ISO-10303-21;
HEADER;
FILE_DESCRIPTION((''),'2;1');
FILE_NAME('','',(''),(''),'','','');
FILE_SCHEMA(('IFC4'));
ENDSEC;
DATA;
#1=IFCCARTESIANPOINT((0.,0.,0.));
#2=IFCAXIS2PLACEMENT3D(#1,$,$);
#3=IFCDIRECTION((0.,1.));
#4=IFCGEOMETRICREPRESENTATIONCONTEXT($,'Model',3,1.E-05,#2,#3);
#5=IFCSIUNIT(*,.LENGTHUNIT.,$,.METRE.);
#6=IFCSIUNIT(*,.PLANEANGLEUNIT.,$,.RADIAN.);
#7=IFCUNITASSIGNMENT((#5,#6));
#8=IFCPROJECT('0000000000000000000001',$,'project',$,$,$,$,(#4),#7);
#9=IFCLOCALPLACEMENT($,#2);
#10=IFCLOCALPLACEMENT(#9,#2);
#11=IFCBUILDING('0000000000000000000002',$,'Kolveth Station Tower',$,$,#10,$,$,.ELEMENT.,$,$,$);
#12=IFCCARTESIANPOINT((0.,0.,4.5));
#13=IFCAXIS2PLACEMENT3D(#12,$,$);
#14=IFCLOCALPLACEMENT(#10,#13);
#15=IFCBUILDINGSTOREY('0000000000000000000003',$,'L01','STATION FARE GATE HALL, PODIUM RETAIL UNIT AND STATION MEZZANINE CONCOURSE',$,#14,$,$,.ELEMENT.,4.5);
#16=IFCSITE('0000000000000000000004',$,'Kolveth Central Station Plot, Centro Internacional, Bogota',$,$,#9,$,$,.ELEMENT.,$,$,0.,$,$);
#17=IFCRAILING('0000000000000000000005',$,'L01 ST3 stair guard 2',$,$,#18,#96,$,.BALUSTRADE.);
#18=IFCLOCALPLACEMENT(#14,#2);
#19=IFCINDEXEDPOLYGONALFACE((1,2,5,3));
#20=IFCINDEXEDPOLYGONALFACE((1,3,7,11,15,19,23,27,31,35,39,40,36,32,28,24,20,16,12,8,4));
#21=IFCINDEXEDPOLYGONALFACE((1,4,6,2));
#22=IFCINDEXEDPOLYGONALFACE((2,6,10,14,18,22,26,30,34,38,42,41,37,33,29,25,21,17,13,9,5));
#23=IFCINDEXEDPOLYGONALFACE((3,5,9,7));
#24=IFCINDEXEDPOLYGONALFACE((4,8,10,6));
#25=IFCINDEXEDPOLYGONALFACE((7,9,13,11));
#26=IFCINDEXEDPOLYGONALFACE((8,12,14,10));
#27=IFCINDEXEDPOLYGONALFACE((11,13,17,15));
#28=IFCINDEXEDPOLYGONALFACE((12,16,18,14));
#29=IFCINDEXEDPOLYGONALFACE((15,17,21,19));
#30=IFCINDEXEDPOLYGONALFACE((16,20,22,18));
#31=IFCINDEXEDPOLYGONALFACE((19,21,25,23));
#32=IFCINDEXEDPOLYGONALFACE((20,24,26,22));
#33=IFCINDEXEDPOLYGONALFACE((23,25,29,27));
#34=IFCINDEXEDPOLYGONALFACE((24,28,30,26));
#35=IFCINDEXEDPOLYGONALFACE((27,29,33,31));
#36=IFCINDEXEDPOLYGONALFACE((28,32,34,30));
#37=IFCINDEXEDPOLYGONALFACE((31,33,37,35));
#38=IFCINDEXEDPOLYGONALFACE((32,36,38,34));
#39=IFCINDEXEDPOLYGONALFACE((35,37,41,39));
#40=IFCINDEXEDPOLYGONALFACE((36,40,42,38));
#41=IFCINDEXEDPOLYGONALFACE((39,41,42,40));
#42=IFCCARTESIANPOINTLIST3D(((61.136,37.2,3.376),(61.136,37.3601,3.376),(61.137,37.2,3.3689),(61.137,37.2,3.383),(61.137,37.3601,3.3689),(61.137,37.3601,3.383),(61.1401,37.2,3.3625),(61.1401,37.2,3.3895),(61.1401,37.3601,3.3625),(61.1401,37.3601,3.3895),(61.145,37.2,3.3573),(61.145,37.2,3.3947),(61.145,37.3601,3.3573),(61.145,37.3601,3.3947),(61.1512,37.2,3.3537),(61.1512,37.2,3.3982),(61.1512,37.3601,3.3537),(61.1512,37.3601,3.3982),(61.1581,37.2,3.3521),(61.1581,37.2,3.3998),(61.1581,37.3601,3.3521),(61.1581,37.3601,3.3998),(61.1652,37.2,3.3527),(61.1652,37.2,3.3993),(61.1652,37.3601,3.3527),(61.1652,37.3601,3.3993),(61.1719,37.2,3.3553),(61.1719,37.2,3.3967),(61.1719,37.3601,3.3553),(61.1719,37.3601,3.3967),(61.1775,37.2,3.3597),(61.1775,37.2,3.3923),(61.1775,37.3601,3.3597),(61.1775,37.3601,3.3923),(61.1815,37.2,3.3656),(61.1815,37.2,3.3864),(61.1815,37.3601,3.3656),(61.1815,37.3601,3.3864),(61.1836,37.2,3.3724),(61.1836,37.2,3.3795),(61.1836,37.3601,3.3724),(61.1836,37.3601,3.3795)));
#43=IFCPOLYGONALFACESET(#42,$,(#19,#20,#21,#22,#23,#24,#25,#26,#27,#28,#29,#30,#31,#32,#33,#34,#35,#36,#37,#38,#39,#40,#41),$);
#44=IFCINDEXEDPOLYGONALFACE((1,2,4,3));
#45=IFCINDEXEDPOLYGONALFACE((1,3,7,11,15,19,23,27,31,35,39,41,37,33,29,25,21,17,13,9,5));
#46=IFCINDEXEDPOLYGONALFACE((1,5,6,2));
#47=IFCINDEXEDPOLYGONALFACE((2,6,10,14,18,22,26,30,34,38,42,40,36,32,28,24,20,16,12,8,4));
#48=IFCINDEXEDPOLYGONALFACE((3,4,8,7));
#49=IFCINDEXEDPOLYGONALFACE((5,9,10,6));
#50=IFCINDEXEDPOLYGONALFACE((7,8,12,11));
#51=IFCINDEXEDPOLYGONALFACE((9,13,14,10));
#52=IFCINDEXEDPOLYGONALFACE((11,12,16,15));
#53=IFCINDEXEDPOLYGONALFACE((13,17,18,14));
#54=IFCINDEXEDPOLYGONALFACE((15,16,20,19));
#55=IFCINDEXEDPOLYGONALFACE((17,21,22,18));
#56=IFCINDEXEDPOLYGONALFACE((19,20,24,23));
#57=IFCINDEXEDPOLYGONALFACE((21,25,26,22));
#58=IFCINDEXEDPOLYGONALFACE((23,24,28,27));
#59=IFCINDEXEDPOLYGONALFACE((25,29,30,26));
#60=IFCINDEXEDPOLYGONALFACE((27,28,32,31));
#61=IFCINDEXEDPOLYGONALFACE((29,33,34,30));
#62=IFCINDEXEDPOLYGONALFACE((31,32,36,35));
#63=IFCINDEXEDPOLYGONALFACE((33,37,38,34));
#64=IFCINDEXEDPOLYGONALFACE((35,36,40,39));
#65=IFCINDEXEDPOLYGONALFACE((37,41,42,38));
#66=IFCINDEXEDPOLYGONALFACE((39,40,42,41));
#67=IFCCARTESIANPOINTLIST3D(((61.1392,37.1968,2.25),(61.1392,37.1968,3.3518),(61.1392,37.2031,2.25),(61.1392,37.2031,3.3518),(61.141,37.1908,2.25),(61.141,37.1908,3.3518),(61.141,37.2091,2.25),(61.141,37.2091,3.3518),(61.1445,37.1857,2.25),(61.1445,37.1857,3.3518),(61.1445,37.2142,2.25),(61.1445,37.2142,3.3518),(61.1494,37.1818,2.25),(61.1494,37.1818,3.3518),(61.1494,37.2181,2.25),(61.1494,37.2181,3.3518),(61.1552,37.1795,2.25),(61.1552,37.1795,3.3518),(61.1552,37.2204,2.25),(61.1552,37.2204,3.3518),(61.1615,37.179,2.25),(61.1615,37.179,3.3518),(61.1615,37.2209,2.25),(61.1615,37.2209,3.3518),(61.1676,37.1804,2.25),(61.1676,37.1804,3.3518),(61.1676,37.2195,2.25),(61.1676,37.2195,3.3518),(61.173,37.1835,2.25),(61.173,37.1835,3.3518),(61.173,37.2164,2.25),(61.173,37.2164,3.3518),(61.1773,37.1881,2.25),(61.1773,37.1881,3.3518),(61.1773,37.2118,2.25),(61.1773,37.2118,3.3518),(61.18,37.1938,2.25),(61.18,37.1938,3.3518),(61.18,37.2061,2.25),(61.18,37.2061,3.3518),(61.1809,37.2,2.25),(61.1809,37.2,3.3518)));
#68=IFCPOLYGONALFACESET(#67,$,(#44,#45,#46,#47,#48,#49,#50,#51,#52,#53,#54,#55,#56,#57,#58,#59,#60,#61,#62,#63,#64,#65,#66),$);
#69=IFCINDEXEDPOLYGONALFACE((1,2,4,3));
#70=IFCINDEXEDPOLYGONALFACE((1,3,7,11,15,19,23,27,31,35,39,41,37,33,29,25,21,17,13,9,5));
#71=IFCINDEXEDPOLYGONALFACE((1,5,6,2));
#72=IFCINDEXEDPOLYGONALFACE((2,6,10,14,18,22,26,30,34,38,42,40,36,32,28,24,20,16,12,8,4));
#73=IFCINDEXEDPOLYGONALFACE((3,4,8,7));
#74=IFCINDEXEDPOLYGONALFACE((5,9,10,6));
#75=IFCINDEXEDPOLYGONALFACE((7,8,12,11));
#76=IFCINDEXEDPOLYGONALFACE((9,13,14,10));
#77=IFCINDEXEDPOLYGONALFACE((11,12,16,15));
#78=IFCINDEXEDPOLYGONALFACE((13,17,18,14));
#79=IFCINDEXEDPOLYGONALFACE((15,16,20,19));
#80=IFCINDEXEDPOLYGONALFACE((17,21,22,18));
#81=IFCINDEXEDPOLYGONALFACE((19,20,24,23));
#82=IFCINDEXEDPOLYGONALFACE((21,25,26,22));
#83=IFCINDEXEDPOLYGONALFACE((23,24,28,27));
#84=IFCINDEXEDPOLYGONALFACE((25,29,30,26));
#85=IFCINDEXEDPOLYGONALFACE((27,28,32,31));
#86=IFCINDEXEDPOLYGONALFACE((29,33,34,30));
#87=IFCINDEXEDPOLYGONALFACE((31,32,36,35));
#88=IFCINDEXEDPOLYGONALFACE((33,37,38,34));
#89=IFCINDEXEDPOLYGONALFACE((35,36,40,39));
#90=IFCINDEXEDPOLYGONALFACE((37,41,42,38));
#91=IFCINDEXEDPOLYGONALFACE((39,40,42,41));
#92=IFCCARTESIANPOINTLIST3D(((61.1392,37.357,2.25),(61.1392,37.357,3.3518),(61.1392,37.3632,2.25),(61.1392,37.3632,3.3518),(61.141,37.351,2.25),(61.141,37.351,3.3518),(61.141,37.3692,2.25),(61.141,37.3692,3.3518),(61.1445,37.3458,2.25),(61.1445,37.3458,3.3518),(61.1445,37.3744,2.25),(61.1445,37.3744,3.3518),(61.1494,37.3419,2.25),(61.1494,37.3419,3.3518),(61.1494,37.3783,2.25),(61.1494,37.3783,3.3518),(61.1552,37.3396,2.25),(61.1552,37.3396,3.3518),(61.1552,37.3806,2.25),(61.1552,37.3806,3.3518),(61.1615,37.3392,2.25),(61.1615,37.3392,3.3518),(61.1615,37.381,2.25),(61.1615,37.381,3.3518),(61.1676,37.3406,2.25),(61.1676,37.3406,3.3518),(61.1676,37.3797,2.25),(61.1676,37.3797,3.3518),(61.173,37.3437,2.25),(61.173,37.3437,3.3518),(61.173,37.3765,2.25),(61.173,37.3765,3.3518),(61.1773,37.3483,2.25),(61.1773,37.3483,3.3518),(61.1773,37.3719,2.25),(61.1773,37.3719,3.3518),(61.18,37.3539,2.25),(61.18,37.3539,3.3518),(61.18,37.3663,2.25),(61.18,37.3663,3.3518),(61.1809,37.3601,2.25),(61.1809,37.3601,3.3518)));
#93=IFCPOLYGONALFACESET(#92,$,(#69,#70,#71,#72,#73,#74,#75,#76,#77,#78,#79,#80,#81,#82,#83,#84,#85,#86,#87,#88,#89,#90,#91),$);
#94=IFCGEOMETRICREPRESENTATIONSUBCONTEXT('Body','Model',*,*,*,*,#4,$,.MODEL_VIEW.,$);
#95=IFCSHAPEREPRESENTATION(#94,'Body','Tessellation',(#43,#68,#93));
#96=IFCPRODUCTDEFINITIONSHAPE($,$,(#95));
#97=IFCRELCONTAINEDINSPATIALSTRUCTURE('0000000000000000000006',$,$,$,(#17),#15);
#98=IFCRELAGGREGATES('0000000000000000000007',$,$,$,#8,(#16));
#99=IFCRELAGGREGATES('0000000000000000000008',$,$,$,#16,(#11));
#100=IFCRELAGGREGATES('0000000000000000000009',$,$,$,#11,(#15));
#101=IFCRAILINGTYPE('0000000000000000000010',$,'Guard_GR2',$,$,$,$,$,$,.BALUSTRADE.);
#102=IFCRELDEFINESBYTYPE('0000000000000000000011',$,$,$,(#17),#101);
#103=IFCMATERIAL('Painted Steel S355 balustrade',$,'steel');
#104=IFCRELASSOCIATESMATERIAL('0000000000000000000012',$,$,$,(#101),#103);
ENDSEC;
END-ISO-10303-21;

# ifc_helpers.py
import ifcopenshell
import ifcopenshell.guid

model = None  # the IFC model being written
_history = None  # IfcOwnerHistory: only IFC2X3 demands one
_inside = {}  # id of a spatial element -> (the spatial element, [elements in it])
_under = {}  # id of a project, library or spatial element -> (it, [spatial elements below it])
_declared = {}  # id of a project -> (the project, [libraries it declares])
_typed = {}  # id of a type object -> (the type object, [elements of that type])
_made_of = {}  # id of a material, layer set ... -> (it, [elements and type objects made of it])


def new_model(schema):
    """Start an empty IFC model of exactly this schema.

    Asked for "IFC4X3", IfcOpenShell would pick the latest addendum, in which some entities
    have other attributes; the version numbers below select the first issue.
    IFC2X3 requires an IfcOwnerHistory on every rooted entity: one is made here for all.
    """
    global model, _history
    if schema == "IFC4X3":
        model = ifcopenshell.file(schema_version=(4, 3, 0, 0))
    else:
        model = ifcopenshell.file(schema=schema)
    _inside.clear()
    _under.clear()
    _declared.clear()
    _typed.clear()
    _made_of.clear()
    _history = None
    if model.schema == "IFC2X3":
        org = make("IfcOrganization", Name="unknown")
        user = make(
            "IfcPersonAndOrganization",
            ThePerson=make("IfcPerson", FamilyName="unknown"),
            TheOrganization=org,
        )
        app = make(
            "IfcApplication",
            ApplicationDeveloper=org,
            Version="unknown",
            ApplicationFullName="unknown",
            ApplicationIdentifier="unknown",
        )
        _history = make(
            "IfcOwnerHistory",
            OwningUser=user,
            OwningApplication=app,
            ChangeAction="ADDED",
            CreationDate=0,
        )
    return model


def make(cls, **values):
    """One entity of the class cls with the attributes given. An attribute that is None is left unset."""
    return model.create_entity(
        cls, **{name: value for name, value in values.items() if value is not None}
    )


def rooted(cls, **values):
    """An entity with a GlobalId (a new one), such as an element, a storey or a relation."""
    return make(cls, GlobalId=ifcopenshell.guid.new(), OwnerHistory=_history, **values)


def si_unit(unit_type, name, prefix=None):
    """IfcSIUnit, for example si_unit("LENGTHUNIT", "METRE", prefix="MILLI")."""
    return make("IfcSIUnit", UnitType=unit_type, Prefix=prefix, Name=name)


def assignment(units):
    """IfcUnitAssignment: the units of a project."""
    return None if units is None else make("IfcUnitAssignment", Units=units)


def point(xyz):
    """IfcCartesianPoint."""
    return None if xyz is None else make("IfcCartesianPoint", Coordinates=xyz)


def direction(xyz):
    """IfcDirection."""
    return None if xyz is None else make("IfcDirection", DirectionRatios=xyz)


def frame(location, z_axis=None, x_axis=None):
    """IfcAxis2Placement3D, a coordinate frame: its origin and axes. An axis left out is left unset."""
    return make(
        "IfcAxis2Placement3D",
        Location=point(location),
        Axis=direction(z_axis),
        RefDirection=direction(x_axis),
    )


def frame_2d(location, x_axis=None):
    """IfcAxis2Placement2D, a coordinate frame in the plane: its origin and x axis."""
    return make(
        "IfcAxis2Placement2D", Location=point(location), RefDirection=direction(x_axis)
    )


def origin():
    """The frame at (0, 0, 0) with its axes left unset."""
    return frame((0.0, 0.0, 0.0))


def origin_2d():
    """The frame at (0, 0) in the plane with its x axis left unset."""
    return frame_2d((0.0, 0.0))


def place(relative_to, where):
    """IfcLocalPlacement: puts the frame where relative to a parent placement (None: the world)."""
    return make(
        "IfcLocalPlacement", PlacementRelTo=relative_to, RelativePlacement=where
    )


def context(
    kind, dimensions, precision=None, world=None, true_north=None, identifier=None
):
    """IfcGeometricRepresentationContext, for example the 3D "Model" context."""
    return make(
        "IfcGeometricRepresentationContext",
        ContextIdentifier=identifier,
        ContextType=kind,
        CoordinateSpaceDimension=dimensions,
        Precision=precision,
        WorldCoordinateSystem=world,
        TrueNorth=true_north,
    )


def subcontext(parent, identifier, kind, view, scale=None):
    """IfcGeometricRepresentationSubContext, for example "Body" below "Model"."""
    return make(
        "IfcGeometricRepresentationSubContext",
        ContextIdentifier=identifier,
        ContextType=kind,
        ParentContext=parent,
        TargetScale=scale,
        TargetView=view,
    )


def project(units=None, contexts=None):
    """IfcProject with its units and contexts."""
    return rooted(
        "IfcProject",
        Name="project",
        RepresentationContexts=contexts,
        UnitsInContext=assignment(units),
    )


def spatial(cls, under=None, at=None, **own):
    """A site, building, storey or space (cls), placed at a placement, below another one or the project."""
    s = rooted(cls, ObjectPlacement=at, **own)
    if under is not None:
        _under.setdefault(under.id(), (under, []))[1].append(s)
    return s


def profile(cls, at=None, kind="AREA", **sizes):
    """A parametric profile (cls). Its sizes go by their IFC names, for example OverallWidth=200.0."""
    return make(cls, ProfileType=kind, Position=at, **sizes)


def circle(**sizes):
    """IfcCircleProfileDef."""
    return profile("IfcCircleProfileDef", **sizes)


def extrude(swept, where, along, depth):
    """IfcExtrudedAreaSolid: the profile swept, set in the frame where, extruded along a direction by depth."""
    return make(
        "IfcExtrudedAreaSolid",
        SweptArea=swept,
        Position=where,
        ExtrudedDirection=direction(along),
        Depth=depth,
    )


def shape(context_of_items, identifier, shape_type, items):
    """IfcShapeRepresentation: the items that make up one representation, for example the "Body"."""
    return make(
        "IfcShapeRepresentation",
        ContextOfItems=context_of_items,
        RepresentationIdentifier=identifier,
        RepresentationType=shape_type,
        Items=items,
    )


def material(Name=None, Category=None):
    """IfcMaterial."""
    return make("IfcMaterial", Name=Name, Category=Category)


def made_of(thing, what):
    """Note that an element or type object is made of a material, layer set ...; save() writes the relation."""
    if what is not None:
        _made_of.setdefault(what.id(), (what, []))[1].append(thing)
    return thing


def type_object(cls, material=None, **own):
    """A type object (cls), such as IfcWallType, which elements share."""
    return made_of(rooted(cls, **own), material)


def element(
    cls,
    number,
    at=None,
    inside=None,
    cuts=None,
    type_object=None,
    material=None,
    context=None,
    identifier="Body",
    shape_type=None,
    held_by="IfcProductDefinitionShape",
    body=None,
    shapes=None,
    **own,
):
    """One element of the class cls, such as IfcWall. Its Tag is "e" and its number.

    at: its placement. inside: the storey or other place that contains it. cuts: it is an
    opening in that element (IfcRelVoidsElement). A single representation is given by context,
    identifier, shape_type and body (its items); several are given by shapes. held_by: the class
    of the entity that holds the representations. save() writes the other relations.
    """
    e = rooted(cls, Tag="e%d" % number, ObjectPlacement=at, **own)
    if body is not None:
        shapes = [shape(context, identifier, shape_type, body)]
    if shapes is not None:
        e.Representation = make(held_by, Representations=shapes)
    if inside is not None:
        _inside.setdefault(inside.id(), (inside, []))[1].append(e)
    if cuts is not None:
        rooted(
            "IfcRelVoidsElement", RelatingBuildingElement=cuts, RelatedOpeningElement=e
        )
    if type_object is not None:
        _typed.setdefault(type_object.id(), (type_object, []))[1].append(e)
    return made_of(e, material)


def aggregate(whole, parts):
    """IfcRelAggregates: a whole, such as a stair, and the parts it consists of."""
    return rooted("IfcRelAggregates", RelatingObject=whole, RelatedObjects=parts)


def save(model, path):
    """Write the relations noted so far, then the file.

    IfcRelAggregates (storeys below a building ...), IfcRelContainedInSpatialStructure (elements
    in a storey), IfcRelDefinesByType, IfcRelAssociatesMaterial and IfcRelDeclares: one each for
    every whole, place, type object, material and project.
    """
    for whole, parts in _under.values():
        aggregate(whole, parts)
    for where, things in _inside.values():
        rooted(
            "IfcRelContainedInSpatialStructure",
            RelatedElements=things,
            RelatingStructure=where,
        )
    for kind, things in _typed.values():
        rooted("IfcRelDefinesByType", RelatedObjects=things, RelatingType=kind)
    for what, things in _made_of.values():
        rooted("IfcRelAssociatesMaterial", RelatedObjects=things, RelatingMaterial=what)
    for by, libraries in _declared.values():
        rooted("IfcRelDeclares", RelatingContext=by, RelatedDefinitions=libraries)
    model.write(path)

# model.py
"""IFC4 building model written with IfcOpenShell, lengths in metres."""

from ifc_helpers import new_model, si_unit, direction, frame, origin, origin_2d, place, context, subcontext, project, spatial, circle, extrude, material, type_object, element, save


model = new_model("IFC4")

# Units and contexts
model_context = context("Model", 3, precision=1e-05, world=origin(), true_north=direction((0.0, 1.0)))
body_context = subcontext(model_context, "Body", "Model", "MODEL_VIEW")
ifc_project = project(units=[si_unit("LENGTHUNIT", "METRE"), si_unit("PLANEANGLEUNIT", "RADIAN")], contexts=[model_context])

# Site, building, storey
site_placement = place(None, origin())
site = spatial("IfcSite", under=ifc_project, at=site_placement, Name="Kolveth Central Station Plot, Centro Internacional, Bogota", CompositionType="ELEMENT", RefElevation=0.0)
building_placement = place(site_placement, origin())
building = spatial("IfcBuilding", under=site, at=building_placement, Name="Kolveth Station Tower", CompositionType="ELEMENT")
storey_placement = place(building_placement, frame((0.0, 0.0, 4.5)))
storey = spatial("IfcBuildingStorey", under=building, at=storey_placement, Name="L01", Description="STATION FARE GATE HALL, PODIUM RETAIL UNIT AND STATION MEZZANINE CONCOURSE", CompositionType="ELEMENT", Elevation=4.5)

# Railing
ifc_material_1 = material(Name="Painted Steel S355 balustrade", Category="steel")
railing_type_1 = type_object("IfcRailingType", Name="Guard_GR2", PredefinedType="BALUSTRADE", material=ifc_material_1)
railing_1_placement = place(storey_placement, frame((61.1599, 37.2, 2.25)))
element("IfcRailing", 1, at=railing_1_placement, inside=storey, type_object=railing_type_1, Name="L01 ST3 stair guard 2", PredefinedType="BALUSTRADE", context=body_context, shape_type="SweptSolid", body=[
    extrude(circle(Radius=0.0239, at=origin_2d()), frame((0.0, 0.0, 1.126), z_axis=(0.0, 1.0, 0.0), x_axis=(-1.0, 0.0, 0.0)), (0.0, 0.0, 1.0), 0.1602),
    extrude(circle(Radius=0.021, at=origin_2d()), origin(), (0.0, 0.0, 1.0), 1.1018),
    extrude(circle(Radius=0.021, at=origin_2d()), frame((0.0, 0.1602, 0.0)), (0.0, 0.0, 1.0), 1.1018),
])

save(model, "model.ifc")
